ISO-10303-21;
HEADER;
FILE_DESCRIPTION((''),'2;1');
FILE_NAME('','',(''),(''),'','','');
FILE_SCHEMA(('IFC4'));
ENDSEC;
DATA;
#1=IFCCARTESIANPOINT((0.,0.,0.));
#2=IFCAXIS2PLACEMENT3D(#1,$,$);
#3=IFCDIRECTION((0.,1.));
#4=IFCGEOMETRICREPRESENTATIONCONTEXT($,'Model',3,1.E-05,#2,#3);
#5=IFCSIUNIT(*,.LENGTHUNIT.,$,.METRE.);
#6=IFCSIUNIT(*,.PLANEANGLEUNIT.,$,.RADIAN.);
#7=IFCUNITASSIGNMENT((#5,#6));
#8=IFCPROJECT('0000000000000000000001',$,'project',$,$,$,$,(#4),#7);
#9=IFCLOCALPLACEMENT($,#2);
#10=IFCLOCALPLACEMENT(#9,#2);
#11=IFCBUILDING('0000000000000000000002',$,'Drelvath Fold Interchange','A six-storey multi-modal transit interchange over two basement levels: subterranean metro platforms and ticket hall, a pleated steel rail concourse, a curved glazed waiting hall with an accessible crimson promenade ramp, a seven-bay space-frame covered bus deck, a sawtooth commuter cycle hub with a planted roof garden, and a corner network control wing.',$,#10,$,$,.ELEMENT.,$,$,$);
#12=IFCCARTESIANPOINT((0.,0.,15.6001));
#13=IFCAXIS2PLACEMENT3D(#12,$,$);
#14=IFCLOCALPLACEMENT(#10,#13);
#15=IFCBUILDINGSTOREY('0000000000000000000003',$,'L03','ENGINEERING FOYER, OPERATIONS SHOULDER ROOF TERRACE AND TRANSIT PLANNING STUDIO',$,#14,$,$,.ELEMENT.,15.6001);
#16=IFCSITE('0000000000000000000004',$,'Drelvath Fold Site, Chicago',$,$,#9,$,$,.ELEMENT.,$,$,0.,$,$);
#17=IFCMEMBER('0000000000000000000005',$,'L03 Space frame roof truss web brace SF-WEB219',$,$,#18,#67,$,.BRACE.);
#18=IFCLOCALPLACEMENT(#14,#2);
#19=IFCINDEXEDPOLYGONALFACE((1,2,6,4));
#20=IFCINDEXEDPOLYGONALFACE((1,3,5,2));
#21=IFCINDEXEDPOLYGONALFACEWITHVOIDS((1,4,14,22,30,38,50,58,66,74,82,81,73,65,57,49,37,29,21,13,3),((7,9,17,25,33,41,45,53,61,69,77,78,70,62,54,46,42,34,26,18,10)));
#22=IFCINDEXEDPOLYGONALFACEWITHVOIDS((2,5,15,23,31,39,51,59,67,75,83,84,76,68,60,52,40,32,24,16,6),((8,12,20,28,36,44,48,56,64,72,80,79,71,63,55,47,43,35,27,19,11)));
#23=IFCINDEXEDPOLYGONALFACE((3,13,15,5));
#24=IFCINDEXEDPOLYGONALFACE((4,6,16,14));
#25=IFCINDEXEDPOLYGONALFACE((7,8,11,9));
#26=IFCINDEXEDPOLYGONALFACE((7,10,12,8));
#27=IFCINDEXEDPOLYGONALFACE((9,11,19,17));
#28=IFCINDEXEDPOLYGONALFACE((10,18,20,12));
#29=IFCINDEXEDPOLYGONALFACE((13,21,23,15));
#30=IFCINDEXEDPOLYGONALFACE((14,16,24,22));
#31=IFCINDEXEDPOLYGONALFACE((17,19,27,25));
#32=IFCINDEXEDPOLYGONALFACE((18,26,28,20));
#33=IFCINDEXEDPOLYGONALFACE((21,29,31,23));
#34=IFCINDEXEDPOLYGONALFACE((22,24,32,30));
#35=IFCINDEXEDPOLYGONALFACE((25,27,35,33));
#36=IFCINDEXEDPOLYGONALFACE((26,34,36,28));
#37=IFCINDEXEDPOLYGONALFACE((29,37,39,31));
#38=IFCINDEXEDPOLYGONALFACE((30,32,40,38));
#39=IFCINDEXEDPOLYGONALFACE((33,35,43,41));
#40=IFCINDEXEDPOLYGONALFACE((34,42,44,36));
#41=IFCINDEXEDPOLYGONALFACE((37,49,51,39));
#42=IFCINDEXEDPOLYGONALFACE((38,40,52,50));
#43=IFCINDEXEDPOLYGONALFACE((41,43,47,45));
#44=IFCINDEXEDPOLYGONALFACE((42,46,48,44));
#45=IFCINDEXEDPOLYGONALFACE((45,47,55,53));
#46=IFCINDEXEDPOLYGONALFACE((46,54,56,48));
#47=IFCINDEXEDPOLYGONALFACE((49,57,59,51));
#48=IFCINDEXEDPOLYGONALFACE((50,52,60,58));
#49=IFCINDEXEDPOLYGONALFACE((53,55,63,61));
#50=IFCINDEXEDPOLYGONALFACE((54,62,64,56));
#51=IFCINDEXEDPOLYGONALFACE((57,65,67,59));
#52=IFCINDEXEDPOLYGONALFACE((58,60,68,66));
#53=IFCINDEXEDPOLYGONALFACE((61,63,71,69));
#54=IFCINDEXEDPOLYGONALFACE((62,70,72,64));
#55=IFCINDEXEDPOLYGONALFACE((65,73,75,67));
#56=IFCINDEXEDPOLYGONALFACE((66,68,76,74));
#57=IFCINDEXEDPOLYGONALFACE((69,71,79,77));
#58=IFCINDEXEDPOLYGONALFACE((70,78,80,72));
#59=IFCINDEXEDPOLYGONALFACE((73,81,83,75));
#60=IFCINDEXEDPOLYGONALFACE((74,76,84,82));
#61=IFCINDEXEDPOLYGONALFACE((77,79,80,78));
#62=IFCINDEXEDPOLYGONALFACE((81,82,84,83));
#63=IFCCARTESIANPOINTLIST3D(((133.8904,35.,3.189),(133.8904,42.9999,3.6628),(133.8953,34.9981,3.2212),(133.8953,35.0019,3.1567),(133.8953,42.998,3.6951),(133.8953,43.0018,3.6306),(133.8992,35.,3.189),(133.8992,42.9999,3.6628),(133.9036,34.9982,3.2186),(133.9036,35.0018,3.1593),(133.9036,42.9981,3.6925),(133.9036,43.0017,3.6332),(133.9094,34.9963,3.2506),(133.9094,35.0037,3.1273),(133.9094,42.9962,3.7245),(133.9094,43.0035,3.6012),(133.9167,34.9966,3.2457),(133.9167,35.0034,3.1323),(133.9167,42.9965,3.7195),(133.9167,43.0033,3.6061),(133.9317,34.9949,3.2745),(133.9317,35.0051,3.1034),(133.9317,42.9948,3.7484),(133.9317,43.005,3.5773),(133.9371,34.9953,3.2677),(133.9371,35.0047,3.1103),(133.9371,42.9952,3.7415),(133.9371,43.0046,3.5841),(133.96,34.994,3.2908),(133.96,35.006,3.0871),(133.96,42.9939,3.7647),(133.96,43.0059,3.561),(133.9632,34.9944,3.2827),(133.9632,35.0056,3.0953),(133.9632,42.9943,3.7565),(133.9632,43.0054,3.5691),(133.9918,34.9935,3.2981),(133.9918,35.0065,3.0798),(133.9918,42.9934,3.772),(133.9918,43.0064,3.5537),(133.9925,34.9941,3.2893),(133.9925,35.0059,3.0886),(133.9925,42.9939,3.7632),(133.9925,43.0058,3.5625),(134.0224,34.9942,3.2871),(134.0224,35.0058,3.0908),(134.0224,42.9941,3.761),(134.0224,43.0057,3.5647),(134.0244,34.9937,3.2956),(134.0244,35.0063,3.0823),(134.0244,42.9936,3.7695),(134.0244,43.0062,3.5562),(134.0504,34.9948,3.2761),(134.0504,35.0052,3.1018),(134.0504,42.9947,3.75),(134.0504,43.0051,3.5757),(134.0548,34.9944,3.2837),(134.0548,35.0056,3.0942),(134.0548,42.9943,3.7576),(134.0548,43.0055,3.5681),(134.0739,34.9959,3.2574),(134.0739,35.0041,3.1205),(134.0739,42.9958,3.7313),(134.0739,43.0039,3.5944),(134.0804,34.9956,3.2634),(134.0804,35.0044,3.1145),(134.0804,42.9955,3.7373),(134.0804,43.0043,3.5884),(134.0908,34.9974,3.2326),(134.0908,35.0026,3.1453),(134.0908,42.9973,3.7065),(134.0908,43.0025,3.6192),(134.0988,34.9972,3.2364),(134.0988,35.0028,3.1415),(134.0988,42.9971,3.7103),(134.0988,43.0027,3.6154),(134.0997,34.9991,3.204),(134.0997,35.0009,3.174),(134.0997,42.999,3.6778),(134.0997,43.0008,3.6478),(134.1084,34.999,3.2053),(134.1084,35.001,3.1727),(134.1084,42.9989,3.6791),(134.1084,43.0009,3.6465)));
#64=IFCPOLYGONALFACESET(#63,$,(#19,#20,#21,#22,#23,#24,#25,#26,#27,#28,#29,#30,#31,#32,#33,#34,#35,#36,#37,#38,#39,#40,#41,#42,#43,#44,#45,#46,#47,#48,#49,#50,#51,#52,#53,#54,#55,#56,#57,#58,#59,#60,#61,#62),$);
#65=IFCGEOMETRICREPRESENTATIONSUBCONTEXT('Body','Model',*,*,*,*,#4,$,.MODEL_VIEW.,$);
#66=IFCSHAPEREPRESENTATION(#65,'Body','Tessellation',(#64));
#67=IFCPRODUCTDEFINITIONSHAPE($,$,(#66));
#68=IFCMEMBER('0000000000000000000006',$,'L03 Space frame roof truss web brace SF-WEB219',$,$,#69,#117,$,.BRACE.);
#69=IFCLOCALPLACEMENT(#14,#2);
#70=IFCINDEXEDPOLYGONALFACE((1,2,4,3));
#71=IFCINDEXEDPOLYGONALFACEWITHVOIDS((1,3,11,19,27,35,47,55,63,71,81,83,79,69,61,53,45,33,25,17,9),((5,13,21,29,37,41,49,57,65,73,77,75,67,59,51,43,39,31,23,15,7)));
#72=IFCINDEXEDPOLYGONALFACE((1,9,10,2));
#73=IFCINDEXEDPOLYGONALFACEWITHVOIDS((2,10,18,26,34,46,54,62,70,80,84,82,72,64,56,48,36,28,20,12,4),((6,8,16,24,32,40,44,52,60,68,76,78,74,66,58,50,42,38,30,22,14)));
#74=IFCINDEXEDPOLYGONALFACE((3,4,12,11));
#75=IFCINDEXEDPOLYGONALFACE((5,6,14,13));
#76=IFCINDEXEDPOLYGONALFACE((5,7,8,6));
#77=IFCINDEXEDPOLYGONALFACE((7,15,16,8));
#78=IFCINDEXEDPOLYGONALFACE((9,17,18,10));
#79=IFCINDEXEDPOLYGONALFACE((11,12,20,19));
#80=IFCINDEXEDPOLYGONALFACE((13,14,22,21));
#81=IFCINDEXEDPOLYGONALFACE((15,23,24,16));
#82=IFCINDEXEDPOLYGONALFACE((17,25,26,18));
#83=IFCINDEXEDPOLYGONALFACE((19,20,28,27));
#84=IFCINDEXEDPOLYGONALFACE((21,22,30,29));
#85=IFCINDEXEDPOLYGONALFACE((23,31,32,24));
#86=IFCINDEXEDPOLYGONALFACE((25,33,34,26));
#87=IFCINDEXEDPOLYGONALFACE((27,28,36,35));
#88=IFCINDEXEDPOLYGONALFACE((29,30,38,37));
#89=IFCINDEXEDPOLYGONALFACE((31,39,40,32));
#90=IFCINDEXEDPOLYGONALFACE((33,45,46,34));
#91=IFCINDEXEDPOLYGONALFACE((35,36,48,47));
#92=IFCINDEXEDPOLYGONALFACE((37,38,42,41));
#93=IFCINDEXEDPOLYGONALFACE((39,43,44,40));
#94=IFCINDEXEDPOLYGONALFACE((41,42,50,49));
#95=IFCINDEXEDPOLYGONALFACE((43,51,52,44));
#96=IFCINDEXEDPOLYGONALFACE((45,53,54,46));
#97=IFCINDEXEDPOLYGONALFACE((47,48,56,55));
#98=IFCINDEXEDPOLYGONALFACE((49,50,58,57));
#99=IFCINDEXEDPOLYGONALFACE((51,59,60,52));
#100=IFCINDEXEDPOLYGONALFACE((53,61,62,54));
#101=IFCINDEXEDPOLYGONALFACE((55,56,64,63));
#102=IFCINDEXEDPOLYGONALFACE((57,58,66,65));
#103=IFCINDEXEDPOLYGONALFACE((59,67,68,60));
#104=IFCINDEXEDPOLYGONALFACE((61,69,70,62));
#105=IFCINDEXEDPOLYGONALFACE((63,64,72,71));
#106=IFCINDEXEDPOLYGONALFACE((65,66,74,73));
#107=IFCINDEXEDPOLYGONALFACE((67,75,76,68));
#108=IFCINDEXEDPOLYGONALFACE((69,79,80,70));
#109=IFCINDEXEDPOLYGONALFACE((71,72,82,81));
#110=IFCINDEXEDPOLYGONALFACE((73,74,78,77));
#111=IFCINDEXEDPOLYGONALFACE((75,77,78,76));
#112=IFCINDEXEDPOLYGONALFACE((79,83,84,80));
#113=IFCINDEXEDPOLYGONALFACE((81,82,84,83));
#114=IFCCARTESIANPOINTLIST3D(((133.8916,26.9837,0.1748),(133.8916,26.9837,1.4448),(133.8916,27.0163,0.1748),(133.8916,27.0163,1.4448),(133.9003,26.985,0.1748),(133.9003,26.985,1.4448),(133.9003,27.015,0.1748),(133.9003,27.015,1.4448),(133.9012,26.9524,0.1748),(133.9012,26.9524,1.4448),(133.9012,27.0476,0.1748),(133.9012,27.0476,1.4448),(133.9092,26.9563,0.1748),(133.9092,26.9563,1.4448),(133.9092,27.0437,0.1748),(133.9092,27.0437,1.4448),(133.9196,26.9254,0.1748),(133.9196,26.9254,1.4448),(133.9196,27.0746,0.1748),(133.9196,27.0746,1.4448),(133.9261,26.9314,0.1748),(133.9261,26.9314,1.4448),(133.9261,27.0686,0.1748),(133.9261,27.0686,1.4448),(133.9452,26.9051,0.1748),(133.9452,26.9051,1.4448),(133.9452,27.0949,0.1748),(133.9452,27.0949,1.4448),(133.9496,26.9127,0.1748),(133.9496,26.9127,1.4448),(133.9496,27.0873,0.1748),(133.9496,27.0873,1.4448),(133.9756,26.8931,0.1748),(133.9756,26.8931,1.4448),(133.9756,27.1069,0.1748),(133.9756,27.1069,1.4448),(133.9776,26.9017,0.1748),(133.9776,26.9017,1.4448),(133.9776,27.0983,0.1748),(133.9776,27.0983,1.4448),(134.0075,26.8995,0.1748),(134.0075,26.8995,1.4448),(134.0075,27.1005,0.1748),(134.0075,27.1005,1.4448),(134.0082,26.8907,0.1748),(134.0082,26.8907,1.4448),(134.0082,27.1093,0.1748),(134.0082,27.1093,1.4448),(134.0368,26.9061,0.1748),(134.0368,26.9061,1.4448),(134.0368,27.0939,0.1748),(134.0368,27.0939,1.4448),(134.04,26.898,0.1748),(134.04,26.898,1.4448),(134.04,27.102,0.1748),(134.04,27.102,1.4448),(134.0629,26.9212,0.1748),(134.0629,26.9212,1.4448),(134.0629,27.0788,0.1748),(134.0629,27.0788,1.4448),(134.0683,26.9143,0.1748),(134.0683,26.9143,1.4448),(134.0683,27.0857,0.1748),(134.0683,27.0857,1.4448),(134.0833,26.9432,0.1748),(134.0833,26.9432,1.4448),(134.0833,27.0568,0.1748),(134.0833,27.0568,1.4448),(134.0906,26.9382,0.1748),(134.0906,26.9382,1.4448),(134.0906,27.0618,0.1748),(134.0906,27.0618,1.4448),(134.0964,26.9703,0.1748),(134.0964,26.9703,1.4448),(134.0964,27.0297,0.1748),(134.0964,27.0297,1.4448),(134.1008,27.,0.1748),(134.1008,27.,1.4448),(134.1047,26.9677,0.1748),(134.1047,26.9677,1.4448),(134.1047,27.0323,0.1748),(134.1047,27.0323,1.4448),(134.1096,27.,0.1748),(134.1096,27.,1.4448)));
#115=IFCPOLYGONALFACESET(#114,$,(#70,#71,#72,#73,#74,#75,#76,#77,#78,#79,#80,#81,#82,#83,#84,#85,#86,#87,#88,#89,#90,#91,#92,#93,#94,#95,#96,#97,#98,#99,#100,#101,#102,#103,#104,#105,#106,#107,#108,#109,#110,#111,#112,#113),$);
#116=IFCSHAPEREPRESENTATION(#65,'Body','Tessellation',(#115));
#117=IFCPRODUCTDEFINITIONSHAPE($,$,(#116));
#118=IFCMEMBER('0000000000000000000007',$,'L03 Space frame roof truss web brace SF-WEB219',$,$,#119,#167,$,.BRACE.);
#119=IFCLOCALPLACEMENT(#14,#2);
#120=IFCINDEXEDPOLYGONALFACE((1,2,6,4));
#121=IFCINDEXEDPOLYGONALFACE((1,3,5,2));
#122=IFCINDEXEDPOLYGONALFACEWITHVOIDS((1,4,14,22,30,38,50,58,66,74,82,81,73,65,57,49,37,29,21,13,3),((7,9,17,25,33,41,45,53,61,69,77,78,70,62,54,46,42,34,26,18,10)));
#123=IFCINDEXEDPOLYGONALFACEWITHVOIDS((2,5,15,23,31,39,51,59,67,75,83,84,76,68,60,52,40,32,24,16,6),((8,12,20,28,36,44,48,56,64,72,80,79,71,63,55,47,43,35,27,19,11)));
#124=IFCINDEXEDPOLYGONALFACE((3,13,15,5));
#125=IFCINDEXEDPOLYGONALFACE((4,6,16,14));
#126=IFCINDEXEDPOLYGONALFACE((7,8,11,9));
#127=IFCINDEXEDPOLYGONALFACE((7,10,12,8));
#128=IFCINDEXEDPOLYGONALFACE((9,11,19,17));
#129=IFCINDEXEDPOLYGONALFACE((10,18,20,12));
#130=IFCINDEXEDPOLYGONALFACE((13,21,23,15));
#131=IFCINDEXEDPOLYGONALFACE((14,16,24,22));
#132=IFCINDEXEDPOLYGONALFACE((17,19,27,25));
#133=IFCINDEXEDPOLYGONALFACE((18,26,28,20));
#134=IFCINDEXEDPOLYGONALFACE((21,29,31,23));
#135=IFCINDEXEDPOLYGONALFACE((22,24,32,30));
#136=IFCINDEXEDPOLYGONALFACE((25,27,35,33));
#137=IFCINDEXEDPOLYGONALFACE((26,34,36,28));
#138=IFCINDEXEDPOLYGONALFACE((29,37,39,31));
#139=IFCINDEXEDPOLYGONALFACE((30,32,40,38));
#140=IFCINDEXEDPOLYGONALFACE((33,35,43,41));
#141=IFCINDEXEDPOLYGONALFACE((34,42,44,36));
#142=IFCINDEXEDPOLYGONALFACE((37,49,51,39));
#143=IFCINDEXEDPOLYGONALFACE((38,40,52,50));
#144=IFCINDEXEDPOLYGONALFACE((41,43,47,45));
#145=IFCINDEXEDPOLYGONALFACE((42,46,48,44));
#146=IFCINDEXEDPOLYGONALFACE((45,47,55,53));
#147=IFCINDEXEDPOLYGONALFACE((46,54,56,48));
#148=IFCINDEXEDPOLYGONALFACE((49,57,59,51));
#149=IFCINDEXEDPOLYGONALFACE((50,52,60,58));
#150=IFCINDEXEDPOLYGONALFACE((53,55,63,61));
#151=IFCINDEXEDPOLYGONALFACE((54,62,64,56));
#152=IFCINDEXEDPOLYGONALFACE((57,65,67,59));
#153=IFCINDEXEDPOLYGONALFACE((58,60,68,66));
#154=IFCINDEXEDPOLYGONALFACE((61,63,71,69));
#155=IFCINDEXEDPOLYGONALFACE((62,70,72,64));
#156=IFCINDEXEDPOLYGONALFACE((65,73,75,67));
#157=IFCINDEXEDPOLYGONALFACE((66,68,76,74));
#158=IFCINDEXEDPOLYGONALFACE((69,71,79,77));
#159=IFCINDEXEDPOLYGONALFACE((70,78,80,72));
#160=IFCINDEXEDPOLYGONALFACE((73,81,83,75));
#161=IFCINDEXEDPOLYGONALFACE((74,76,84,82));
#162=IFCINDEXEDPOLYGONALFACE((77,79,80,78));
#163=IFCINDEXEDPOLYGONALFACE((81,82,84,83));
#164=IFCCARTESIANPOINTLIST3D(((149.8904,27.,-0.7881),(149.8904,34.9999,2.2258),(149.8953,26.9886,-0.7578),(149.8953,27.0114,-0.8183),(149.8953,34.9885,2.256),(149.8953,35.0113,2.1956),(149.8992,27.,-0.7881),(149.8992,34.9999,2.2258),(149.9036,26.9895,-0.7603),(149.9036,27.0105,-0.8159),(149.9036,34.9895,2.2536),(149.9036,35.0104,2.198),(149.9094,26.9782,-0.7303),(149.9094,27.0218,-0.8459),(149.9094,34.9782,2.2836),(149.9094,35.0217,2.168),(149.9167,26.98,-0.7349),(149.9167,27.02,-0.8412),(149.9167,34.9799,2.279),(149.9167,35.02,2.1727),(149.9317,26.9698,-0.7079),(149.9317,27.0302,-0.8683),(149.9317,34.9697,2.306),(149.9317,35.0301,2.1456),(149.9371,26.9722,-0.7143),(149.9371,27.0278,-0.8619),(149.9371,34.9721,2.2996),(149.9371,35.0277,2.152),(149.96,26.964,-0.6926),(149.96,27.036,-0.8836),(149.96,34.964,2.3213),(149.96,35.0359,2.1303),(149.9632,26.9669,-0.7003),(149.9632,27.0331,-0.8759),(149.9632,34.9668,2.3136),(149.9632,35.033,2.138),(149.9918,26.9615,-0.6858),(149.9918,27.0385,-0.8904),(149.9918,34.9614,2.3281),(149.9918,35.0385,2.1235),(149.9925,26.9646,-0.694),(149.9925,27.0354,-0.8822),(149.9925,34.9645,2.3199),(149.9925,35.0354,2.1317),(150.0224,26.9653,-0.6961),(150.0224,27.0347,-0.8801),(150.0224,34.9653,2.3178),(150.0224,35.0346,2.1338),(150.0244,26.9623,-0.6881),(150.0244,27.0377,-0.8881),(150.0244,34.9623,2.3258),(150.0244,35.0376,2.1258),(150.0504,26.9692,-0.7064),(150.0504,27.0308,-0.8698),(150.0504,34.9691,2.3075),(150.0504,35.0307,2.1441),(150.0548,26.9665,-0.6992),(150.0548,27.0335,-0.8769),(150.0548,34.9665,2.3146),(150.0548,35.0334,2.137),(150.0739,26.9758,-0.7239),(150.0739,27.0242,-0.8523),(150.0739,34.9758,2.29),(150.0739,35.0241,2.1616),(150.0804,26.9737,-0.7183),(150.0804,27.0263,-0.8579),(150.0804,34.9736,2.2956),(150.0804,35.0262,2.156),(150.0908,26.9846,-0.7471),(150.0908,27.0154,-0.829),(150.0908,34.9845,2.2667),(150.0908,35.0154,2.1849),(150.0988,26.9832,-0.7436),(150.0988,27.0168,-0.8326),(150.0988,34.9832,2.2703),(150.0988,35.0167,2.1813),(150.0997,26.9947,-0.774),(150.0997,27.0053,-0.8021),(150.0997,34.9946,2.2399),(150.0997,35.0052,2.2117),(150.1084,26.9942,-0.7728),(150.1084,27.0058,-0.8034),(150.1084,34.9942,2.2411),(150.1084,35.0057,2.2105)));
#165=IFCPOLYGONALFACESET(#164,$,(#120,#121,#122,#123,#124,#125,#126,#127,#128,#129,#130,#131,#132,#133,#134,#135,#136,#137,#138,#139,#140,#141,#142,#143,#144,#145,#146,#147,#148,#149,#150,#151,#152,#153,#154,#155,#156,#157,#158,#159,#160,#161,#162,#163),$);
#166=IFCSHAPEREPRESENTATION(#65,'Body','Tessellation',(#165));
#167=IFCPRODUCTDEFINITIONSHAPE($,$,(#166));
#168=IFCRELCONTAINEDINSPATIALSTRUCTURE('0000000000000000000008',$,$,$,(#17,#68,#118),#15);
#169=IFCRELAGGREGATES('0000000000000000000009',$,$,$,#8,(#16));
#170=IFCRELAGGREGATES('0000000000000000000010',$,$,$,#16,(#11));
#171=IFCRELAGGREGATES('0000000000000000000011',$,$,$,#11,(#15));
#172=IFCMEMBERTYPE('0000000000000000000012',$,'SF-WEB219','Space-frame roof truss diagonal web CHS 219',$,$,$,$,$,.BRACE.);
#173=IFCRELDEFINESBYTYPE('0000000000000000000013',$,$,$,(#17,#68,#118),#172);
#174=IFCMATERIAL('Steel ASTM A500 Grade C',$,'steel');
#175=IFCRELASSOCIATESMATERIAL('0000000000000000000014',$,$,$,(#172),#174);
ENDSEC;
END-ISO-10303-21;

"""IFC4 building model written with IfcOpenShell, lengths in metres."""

from ifc_helpers import new_model, si_unit, direction, frame, origin, origin_2d, place, context, subcontext, project, spatial, hollow_circle, extrude, material, material_profile, profile_set, type_object, element, save


model = new_model("IFC4")

# Units and contexts
model_context = context("Model", 3, precision=1e-05, world=origin(), true_north=direction((0.0, 1.0)))
body_context = subcontext(model_context, "Body", "Model", "MODEL_VIEW")
ifc_project = project(units=[si_unit("LENGTHUNIT", "METRE"), si_unit("PLANEANGLEUNIT", "RADIAN")], contexts=[model_context])

# Site, building, storey
site_placement = place(None, origin())
site = spatial("IfcSite", under=ifc_project, at=site_placement, Name="Drelvath Fold Site, Chicago", CompositionType="ELEMENT", RefElevation=0.0)
building_placement = place(site_placement, origin())
building = spatial("IfcBuilding", under=site, at=building_placement, Name="Drelvath Fold Interchange", Description="A six-storey multi-modal transit interchange over two basement levels: subterranean metro platforms and ticket hall, a pleated steel rail concourse, a curved glazed waiting hall with an accessible crimson promenade ramp, a seven-bay space-frame covered bus deck, a sawtooth commuter cycle hub with a planted roof garden, and a corner network control wing.", CompositionType="ELEMENT")
storey_placement = place(building_placement, frame((0.0, 0.0, 15.6001)))
storey = spatial("IfcBuildingStorey", under=building, at=storey_placement, Name="L03", Description="ENGINEERING FOYER, OPERATIONS SHOULDER ROOF TERRACE AND TRANSIT PLANNING STUDIO", CompositionType="ELEMENT", Elevation=15.6001)

# Shared definitions
ifc_material_1 = material(Name="Steel ASTM A500 Grade C", Category="steel")

# Members
ifc_material_profile_1 = material_profile(ifc_material_1, hollow_circle(Radius=0.1096, WallThickness=0.0088, at=origin_2d()), Name="HSS8.625X0.375")
ifc_profile_set_1 = profile_set([ifc_material_profile_1], Name="Steel ASTM A500 Grade C")
member_type_1 = type_object("IfcMemberType", Name="SF-WEB219", Description="Space-frame roof truss diagonal web CHS 219", PredefinedType="BRACE", material=ifc_profile_set_1)
member_1_placement = place(storey_placement, frame((134.0, 35.0, 3.189), z_axis=(0.0, 0.99825, 0.059131), x_axis=(-1.0, 0.0, 0.0)))
element("IfcMember", 1, at=member_1_placement, inside=storey, type_object=member_type_1, Name="L03 Space frame roof truss web brace SF-WEB219", PredefinedType="BRACE", context=body_context, shape_type="SweptSolid", body=[
    extrude(hollow_circle(Radius=0.1096, WallThickness=0.0088, at=origin_2d()), origin(), (0.0, 0.0, 1.0), 8.0139),
])
member_2_placement = place(storey_placement, frame((134.0, 27.0, 0.1748), z_axis=(0.0, 0.0, 1.0), x_axis=(1.0, 0.0, 0.0)))
element("IfcMember", 2, at=member_2_placement, inside=storey, type_object=member_type_1, Name="L03 Space frame roof truss web brace SF-WEB219", PredefinedType="BRACE", context=body_context, shape_type="SweptSolid", body=[
    extrude(hollow_circle(Radius=0.1096, WallThickness=0.0088, at=origin_2d()), origin(), (0.0, 0.0, 1.0), 1.27),
])
member_3_placement = place(storey_placement, frame((150.0, 27.0, -0.7881), z_axis=(0.0, 0.935793, 0.35255), x_axis=(-1.0, 0.0, 0.0)))
element("IfcMember", 3, at=member_3_placement, inside=storey, type_object=member_type_1, Name="L03 Space frame roof truss web brace SF-WEB219", PredefinedType="BRACE", context=body_context, shape_type="SweptSolid", body=[
    extrude(hollow_circle(Radius=0.1096, WallThickness=0.0088, at=origin_2d()), origin(), (0.0, 0.0, 1.0), 8.5488),
])

save(model, "model.ifc")
